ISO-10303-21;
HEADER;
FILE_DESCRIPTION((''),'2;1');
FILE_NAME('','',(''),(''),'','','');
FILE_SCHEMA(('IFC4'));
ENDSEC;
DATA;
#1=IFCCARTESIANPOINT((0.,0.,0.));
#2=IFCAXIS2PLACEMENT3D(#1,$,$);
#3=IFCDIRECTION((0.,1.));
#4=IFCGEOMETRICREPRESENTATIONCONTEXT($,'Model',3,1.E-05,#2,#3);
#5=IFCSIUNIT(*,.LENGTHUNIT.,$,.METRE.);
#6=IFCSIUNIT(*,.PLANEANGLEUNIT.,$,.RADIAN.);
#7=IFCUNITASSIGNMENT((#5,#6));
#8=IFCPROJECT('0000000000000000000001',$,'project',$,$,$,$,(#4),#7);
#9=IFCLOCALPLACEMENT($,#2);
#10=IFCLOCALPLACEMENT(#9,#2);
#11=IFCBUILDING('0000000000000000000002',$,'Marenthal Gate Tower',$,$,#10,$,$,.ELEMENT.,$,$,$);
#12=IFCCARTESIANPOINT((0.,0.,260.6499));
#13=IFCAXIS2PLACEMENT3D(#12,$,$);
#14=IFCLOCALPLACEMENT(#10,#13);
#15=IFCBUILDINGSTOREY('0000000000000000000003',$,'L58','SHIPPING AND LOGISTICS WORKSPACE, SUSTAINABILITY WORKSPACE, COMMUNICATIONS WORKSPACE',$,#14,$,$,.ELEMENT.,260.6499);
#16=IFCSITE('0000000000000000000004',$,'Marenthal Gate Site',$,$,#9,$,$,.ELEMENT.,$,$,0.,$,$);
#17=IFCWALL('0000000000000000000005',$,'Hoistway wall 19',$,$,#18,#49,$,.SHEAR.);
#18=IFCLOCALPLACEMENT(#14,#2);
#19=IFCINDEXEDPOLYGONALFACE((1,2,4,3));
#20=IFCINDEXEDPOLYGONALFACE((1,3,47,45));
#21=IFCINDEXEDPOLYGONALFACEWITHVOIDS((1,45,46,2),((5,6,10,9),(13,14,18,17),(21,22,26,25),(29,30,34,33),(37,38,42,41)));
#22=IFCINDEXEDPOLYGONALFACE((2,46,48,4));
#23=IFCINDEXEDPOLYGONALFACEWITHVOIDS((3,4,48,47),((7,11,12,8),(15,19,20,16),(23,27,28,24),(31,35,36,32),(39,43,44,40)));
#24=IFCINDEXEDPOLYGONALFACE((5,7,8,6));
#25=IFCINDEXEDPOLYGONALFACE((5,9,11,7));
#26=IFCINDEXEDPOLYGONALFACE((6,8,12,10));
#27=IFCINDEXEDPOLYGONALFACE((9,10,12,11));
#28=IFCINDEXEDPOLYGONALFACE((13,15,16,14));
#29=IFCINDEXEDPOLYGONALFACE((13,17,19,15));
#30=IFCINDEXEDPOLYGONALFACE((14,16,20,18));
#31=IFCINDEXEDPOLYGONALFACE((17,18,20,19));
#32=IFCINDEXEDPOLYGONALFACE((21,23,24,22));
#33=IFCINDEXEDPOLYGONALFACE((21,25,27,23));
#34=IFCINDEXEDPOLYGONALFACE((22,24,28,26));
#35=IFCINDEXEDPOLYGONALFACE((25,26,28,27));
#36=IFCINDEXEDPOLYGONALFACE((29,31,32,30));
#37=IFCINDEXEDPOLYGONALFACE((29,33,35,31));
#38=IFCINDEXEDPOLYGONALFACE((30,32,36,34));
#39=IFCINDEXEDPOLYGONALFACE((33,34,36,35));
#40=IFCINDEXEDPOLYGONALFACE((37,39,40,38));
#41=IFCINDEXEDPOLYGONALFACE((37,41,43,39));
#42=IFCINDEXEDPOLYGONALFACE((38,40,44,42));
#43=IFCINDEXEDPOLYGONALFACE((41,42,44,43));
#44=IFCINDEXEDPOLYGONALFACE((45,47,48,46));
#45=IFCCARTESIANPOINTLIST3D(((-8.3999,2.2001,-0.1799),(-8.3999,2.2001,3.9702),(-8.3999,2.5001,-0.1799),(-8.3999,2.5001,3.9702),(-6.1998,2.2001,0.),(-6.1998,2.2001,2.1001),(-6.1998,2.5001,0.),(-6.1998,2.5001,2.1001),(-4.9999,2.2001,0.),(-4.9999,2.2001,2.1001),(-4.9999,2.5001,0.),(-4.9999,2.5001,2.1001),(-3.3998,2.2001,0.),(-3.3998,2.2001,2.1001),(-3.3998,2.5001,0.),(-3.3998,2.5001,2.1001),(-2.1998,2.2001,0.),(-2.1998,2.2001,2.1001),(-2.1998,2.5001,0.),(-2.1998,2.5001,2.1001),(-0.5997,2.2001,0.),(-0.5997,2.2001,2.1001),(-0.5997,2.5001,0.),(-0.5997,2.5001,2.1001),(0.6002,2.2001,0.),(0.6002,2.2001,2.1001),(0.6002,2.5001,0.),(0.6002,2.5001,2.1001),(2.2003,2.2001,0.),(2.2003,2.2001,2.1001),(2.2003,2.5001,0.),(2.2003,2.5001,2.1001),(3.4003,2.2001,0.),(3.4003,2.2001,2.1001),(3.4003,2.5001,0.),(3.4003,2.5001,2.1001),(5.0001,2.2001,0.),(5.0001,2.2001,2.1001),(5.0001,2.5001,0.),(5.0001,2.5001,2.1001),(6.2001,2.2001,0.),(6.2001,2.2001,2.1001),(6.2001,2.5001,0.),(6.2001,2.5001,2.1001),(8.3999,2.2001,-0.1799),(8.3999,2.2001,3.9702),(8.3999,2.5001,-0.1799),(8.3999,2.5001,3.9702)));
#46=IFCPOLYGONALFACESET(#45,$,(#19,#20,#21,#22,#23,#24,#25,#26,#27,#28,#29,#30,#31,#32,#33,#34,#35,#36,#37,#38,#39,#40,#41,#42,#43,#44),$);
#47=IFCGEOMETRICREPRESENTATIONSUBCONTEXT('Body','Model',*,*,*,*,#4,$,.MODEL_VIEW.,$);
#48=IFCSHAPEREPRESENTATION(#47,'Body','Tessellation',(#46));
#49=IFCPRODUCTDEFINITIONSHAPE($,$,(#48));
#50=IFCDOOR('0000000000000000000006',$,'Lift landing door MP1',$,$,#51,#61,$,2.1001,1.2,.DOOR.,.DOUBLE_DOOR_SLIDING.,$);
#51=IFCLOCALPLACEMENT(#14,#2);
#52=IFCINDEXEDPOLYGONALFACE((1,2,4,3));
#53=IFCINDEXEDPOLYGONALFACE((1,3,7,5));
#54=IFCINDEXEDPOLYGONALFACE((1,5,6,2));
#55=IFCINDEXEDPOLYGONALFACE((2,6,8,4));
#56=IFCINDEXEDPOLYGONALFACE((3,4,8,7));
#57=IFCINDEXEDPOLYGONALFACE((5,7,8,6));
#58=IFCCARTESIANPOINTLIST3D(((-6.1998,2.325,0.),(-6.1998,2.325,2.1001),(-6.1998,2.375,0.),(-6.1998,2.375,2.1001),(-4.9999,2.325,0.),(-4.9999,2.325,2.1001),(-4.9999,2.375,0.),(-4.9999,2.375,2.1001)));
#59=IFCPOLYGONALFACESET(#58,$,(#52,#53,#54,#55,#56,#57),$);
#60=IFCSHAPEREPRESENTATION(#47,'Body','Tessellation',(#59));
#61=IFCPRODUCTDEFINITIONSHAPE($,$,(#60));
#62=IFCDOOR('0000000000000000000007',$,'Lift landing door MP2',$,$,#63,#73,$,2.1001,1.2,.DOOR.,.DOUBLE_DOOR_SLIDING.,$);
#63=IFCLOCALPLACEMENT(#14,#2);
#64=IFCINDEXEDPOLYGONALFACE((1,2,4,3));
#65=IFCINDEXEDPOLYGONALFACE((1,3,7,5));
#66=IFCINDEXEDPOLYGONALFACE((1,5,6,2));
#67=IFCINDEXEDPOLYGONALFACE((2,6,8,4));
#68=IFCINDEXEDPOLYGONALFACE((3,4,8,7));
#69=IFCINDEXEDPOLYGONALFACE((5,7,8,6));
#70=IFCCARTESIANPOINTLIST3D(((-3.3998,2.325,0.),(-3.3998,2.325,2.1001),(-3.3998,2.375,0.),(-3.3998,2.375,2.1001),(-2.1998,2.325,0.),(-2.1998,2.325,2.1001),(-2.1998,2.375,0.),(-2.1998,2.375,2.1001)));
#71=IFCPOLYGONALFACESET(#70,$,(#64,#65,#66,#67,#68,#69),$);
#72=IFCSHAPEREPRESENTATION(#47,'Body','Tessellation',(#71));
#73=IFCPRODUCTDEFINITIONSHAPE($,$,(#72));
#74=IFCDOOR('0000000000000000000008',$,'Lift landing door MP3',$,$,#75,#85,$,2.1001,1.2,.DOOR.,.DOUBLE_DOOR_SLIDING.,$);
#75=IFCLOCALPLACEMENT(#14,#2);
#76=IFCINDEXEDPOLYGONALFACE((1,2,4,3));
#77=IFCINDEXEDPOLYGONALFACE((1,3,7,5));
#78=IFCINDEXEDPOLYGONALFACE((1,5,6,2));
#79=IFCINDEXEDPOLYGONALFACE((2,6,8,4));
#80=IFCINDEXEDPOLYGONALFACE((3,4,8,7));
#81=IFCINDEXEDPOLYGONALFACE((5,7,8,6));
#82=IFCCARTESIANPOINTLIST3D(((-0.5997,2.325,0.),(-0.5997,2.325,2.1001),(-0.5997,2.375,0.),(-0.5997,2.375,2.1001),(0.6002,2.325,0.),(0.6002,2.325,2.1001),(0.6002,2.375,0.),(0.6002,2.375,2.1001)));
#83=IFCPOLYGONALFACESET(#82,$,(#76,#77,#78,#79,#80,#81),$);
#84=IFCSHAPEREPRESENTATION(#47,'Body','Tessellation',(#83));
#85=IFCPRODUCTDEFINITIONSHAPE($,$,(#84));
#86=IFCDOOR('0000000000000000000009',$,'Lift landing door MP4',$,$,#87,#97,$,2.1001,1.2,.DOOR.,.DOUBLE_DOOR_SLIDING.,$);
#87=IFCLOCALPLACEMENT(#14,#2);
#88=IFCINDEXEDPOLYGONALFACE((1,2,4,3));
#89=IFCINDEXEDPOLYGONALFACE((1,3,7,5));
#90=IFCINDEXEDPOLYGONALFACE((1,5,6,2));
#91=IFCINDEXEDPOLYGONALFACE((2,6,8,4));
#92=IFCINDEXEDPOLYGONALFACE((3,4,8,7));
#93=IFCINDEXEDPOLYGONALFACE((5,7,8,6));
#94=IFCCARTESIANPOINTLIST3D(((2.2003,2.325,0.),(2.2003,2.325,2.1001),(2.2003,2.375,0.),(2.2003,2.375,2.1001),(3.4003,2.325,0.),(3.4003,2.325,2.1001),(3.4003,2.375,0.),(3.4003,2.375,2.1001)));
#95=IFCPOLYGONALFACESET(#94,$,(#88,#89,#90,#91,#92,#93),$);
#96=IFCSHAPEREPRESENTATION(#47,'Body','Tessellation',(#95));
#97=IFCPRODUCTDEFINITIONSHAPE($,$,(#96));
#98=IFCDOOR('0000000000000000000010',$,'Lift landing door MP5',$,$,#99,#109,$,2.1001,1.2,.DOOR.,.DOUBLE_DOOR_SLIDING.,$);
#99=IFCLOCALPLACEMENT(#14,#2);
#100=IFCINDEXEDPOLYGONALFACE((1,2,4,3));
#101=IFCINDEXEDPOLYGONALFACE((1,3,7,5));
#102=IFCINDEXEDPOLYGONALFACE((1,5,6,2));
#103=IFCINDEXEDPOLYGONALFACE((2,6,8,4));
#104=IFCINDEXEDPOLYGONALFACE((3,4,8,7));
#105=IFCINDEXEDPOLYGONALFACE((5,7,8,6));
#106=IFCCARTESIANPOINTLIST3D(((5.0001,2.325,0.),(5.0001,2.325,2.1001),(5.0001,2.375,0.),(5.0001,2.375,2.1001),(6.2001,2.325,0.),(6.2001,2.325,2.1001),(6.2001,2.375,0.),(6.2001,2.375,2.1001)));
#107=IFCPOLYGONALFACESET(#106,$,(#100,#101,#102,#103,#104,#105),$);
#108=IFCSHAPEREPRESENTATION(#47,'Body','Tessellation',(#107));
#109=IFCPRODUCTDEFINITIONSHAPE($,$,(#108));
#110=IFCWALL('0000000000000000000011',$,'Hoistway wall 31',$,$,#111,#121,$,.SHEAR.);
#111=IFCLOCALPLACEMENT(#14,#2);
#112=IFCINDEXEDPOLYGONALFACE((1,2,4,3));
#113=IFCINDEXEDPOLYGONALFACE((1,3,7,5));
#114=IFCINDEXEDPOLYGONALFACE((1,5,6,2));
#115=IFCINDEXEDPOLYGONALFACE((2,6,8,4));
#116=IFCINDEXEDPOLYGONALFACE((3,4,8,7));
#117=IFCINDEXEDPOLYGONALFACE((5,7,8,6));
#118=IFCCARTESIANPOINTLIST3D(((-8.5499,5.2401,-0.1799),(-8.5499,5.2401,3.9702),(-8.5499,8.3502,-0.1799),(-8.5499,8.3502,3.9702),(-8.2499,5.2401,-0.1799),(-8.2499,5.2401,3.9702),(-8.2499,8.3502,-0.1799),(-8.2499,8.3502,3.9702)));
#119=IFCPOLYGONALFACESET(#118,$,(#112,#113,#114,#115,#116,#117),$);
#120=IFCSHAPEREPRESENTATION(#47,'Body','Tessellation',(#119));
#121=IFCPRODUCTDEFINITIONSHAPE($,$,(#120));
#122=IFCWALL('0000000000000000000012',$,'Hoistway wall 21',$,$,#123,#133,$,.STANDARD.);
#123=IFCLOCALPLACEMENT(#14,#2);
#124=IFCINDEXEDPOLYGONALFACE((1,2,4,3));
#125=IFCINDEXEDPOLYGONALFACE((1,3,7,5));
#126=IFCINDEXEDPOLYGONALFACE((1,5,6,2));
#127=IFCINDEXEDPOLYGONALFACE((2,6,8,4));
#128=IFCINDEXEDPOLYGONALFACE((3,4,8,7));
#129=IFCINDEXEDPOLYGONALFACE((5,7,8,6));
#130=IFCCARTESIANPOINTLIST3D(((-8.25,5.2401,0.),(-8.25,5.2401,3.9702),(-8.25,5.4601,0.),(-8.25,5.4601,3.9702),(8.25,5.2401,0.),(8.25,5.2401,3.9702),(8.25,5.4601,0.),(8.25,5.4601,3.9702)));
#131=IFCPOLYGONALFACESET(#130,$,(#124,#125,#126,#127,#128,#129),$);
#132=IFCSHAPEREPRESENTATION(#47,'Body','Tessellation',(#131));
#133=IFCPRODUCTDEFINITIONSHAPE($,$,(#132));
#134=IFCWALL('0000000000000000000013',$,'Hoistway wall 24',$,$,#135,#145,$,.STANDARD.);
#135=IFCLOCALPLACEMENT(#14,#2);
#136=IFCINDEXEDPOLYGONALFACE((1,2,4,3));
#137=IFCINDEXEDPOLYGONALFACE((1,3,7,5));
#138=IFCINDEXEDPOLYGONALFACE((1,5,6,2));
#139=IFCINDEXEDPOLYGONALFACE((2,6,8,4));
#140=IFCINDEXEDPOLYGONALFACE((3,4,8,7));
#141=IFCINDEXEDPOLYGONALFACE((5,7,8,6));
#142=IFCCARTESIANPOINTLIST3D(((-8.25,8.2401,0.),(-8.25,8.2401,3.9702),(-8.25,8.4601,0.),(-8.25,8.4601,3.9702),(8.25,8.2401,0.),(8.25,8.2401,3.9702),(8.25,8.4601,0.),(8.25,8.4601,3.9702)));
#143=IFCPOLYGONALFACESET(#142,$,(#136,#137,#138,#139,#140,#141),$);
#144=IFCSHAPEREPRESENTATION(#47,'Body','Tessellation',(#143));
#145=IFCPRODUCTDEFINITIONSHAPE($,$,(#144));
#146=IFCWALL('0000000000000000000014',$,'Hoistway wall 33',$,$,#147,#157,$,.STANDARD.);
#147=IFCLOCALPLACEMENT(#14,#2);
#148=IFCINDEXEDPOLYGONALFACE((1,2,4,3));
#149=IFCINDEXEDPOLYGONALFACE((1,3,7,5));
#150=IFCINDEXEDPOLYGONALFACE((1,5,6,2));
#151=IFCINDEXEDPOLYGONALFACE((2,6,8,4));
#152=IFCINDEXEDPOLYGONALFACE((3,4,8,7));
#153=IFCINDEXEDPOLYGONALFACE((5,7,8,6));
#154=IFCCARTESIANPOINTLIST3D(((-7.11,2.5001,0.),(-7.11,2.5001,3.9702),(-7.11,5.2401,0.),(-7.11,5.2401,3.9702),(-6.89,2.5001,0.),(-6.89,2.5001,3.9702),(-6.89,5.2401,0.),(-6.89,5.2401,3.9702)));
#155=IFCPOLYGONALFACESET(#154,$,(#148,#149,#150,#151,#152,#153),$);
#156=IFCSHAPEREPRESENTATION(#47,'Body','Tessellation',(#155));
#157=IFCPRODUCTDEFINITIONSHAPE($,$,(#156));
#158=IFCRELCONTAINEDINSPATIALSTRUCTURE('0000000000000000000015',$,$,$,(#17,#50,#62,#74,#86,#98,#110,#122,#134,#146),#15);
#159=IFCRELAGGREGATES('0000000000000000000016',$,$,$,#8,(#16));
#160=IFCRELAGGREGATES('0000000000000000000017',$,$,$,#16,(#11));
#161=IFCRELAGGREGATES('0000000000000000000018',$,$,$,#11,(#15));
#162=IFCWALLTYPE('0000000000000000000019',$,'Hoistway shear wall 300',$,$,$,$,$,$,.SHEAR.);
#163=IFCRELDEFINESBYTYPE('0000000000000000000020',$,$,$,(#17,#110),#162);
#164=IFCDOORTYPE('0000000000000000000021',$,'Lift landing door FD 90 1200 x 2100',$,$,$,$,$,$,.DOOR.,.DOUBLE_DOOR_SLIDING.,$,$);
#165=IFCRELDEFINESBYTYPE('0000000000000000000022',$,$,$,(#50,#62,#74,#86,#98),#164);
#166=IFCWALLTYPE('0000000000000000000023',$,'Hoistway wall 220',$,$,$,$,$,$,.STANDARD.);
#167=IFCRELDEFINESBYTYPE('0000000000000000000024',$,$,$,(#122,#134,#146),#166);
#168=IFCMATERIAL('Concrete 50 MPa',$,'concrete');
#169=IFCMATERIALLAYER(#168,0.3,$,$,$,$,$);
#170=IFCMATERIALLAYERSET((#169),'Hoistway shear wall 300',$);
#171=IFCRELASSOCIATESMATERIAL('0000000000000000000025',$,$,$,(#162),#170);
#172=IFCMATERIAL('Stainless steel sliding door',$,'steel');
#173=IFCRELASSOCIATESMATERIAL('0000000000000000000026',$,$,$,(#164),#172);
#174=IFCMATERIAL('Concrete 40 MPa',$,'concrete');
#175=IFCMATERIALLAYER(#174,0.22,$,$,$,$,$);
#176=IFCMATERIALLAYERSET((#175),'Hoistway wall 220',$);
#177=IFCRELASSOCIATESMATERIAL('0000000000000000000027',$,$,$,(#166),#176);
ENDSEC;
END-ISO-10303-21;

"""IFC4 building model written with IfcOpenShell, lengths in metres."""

from ifc_helpers import new_model, si_unit, direction, frame, frame_2d, origin, place, context, subcontext, project, spatial, rectangle, extrude, material, layer, layer_set, type_object, element, fill, save


model = new_model("IFC4")

# Units and contexts
model_context = context("Model", 3, precision=1e-05, world=origin(), true_north=direction((0.0, 1.0)))
body_context = subcontext(model_context, "Body", "Model", "MODEL_VIEW")
ifc_project = project(units=[si_unit("LENGTHUNIT", "METRE"), si_unit("PLANEANGLEUNIT", "RADIAN")], contexts=[model_context])

# Site, building, storey
site_placement = place(None, origin())
site = spatial("IfcSite", under=ifc_project, at=site_placement, Name="Marenthal Gate Site", CompositionType="ELEMENT", RefElevation=0.0)
building_placement = place(site_placement, origin())
building = spatial("IfcBuilding", under=site, at=building_placement, Name="Marenthal Gate Tower", CompositionType="ELEMENT")
storey_placement = place(building_placement, frame((0.0, 0.0, 260.6499)))
storey = spatial("IfcBuildingStorey", under=building, at=storey_placement, Name="L58", Description="SHIPPING AND LOGISTICS WORKSPACE, SUSTAINABILITY WORKSPACE, COMMUNICATIONS WORKSPACE", CompositionType="ELEMENT", Elevation=260.6499)

# Wall, openings, doors
ifc_material_1 = material(Name="Concrete 50 MPa", Category="concrete")
ifc_layer_1 = layer(ifc_material_1, 0.3)
ifc_layer_set_1 = layer_set([ifc_layer_1], Name="Hoistway shear wall 300")
wall_type_1 = type_object("IfcWallType", Name="Hoistway shear wall 300", PredefinedType="SHEAR", material=ifc_layer_set_1)
wall_1_placement = place(storey_placement, frame((-8.3999, 2.3501, -0.1799), z_axis=(0.0, 0.0, 1.0), x_axis=(1.0, 0.0, 0.0)))
wall_1 = element("IfcWall", 1, at=wall_1_placement, inside=storey, type_object=wall_type_1, Name="Hoistway wall 19", PredefinedType="SHEAR", context=body_context, shape_type="SweptSolid", body=[
    extrude(rectangle(XDim=16.7998, YDim=0.3, at=frame_2d((8.3999, 0.0))), origin(), (0.0, 0.0, 1.0), 4.1501),
])
opening_1_placement = place(wall_1_placement, frame((2.2, 0.0, 0.1799)))
opening_1 = element("IfcOpeningElement", 2, at=opening_1_placement, cuts=wall_1, PredefinedType="OPENING", context=body_context, shape_type="SweptSolid", body=[
    extrude(rectangle(XDim=1.2, YDim=2.1001, at=frame_2d((0.6001, 1.05))), frame((0.0, 0.1602, 0.0), z_axis=(0.0, -1.0, 0.0), x_axis=(1.0, 0.0, 0.0)), (0.0, 0.0, 1.0), 0.3201),
])
opening_2_placement = place(wall_1_placement, frame((5.0, 0.0, 0.1799)))
opening_2 = element("IfcOpeningElement", 3, at=opening_2_placement, cuts=wall_1, PredefinedType="OPENING", context=body_context, shape_type="SweptSolid", body=[
    extrude(rectangle(XDim=1.2, YDim=2.1001, at=frame_2d((0.6001, 1.05))), frame((0.0, 0.1602, 0.0), z_axis=(0.0, -1.0, 0.0), x_axis=(1.0, 0.0, 0.0)), (0.0, 0.0, 1.0), 0.3201),
])
opening_3_placement = place(wall_1_placement, frame((7.8, 0.0, 0.1799)))
opening_3 = element("IfcOpeningElement", 4, at=opening_3_placement, cuts=wall_1, PredefinedType="OPENING", context=body_context, shape_type="SweptSolid", body=[
    extrude(rectangle(XDim=1.2, YDim=2.1001, at=frame_2d((0.6001, 1.05))), frame((0.0, 0.1602, 0.0), z_axis=(0.0, -1.0, 0.0), x_axis=(1.0, 0.0, 0.0)), (0.0, 0.0, 1.0), 0.3201),
])
opening_4_placement = place(wall_1_placement, frame((10.6001, 0.0, 0.1799)))
opening_4 = element("IfcOpeningElement", 5, at=opening_4_placement, cuts=wall_1, PredefinedType="OPENING", context=body_context, shape_type="SweptSolid", body=[
    extrude(rectangle(XDim=1.2, YDim=2.1001, at=frame_2d((0.6001, 1.05))), frame((0.0, 0.1602, 0.0), z_axis=(0.0, -1.0, 0.0), x_axis=(1.0, 0.0, 0.0)), (0.0, 0.0, 1.0), 0.3201),
])
opening_5_placement = place(wall_1_placement, frame((13.3999, 0.0, 0.1799)))
opening_5 = element("IfcOpeningElement", 6, at=opening_5_placement, cuts=wall_1, PredefinedType="OPENING", context=body_context, shape_type="SweptSolid", body=[
    extrude(rectangle(XDim=1.2, YDim=2.1001, at=frame_2d((0.6001, 1.05))), frame((0.0, 0.1602, 0.0), z_axis=(0.0, -1.0, 0.0), x_axis=(1.0, 0.0, 0.0)), (0.0, 0.0, 1.0), 0.3201),
])
ifc_material_2 = material(Name="Stainless steel sliding door", Category="steel")
door_type_1 = type_object("IfcDoorType", Name="Lift landing door FD 90 1200 x 2100", OperationType="DOUBLE_DOOR_SLIDING", PredefinedType="DOOR", material=ifc_material_2)
door_1_placement = place(opening_1_placement, origin())
door_1 = element("IfcDoor", 7, at=door_1_placement, inside=storey, type_object=door_type_1, Name="Lift landing door MP1", OperationType="DOUBLE_DOOR_SLIDING", OverallHeight=2.1001, OverallWidth=1.2, PredefinedType="DOOR", context=body_context, shape_type="SweptSolid", body=[
    extrude(rectangle(XDim=1.2, YDim=2.1001, at=frame_2d((0.6001, 1.05))), frame((0.0, 0.0249, 0.0), z_axis=(0.0, -1.0, 0.0), x_axis=(1.0, 0.0, 0.0)), (0.0, 0.0, 1.0), 0.05),
])
fill(opening_1, door_1)
door_2_placement = place(opening_2_placement, origin())
door_2 = element("IfcDoor", 8, at=door_2_placement, inside=storey, type_object=door_type_1, Name="Lift landing door MP2", OperationType="DOUBLE_DOOR_SLIDING", OverallHeight=2.1001, OverallWidth=1.2, PredefinedType="DOOR", context=body_context, shape_type="SweptSolid", body=[
    extrude(rectangle(XDim=1.2, YDim=2.1001, at=frame_2d((0.6001, 1.05))), frame((0.0, 0.0249, 0.0), z_axis=(0.0, -1.0, 0.0), x_axis=(1.0, 0.0, 0.0)), (0.0, 0.0, 1.0), 0.05),
])
fill(opening_2, door_2)
door_3_placement = place(opening_3_placement, origin())
door_3 = element("IfcDoor", 9, at=door_3_placement, inside=storey, type_object=door_type_1, Name="Lift landing door MP3", OperationType="DOUBLE_DOOR_SLIDING", OverallHeight=2.1001, OverallWidth=1.2, PredefinedType="DOOR", context=body_context, shape_type="SweptSolid", body=[
    extrude(rectangle(XDim=1.2, YDim=2.1001, at=frame_2d((0.6001, 1.05))), frame((0.0, 0.0249, 0.0), z_axis=(0.0, -1.0, 0.0), x_axis=(1.0, 0.0, 0.0)), (0.0, 0.0, 1.0), 0.05),
])
fill(opening_3, door_3)
door_4_placement = place(opening_4_placement, origin())
door_4 = element("IfcDoor", 10, at=door_4_placement, inside=storey, type_object=door_type_1, Name="Lift landing door MP4", OperationType="DOUBLE_DOOR_SLIDING", OverallHeight=2.1001, OverallWidth=1.2, PredefinedType="DOOR", context=body_context, shape_type="SweptSolid", body=[
    extrude(rectangle(XDim=1.2, YDim=2.1001, at=frame_2d((0.6001, 1.05))), frame((0.0, 0.0249, 0.0), z_axis=(0.0, -1.0, 0.0), x_axis=(1.0, 0.0, 0.0)), (0.0, 0.0, 1.0), 0.05),
])
fill(opening_4, door_4)
door_5_placement = place(opening_5_placement, origin())
door_5 = element("IfcDoor", 11, at=door_5_placement, inside=storey, type_object=door_type_1, Name="Lift landing door MP5", OperationType="DOUBLE_DOOR_SLIDING", OverallHeight=2.1001, OverallWidth=1.2, PredefinedType="DOOR", context=body_context, shape_type="SweptSolid", body=[
    extrude(rectangle(XDim=1.2, YDim=2.1001, at=frame_2d((0.6001, 1.05))), frame((0.0, 0.0249, 0.0), z_axis=(0.0, -1.0, 0.0), x_axis=(1.0, 0.0, 0.0)), (0.0, 0.0, 1.0), 0.05),
])
fill(opening_5, door_5)

# Walls
wall_2_placement = place(storey_placement, frame((-8.3999, 5.24, -0.1799), z_axis=(0.0, 0.0, 1.0), x_axis=(0.0, 1.0, 0.0)))
element("IfcWall", 12, at=wall_2_placement, inside=storey, type_object=wall_type_1, Name="Hoistway wall 31", PredefinedType="SHEAR", context=body_context, shape_type="SweptSolid", body=[
    extrude(rectangle(XDim=3.1101, YDim=0.3, at=frame_2d((1.5552, 0.0))), origin(), (0.0, 0.0, 1.0), 4.1501),
])
ifc_material_3 = material(Name="Concrete 40 MPa", Category="concrete")
ifc_layer_2 = layer(ifc_material_3, 0.22)
ifc_layer_set_2 = layer_set([ifc_layer_2], Name="Hoistway wall 220")
wall_type_2 = type_object("IfcWallType", Name="Hoistway wall 220", PredefinedType="STANDARD", material=ifc_layer_set_2)
for number, where, z_axis, x_axis, name in (
    (13, (-8.25, 5.3501, 0.0), (0.0, 0.0, 1.0), (1.0, 0.0, 0.0), "Hoistway wall 21"),
    (14, (-8.25, 8.3501, 0.0), (0.0, 0.0, 1.0), (1.0, 0.0, 0.0), "Hoistway wall 24"),
):
    element("IfcWall", number, at=place(storey_placement, frame(where, z_axis=z_axis, x_axis=x_axis)), inside=storey, type_object=wall_type_2, Name=name, PredefinedType="STANDARD", context=body_context, shape_type="SweptSolid", body=[
        extrude(rectangle(XDim=16.5, YDim=0.22, at=frame_2d((8.25, 0.0))), origin(), (0.0, 0.0, 1.0), 3.9702),
    ])
wall_3_placement = place(storey_placement, frame((-7.0, 2.5, 0.0), z_axis=(0.0, 0.0, 1.0), x_axis=(0.0, 1.0, 0.0)))
element("IfcWall", 15, at=wall_3_placement, inside=storey, type_object=wall_type_2, Name="Hoistway wall 33", PredefinedType="STANDARD", context=body_context, shape_type="SweptSolid", body=[
    extrude(rectangle(XDim=2.74, YDim=0.22, at=frame_2d((1.3701, 0.0))), origin(), (0.0, 0.0, 1.0), 3.9702),
])

save(model, "model.ifc")
